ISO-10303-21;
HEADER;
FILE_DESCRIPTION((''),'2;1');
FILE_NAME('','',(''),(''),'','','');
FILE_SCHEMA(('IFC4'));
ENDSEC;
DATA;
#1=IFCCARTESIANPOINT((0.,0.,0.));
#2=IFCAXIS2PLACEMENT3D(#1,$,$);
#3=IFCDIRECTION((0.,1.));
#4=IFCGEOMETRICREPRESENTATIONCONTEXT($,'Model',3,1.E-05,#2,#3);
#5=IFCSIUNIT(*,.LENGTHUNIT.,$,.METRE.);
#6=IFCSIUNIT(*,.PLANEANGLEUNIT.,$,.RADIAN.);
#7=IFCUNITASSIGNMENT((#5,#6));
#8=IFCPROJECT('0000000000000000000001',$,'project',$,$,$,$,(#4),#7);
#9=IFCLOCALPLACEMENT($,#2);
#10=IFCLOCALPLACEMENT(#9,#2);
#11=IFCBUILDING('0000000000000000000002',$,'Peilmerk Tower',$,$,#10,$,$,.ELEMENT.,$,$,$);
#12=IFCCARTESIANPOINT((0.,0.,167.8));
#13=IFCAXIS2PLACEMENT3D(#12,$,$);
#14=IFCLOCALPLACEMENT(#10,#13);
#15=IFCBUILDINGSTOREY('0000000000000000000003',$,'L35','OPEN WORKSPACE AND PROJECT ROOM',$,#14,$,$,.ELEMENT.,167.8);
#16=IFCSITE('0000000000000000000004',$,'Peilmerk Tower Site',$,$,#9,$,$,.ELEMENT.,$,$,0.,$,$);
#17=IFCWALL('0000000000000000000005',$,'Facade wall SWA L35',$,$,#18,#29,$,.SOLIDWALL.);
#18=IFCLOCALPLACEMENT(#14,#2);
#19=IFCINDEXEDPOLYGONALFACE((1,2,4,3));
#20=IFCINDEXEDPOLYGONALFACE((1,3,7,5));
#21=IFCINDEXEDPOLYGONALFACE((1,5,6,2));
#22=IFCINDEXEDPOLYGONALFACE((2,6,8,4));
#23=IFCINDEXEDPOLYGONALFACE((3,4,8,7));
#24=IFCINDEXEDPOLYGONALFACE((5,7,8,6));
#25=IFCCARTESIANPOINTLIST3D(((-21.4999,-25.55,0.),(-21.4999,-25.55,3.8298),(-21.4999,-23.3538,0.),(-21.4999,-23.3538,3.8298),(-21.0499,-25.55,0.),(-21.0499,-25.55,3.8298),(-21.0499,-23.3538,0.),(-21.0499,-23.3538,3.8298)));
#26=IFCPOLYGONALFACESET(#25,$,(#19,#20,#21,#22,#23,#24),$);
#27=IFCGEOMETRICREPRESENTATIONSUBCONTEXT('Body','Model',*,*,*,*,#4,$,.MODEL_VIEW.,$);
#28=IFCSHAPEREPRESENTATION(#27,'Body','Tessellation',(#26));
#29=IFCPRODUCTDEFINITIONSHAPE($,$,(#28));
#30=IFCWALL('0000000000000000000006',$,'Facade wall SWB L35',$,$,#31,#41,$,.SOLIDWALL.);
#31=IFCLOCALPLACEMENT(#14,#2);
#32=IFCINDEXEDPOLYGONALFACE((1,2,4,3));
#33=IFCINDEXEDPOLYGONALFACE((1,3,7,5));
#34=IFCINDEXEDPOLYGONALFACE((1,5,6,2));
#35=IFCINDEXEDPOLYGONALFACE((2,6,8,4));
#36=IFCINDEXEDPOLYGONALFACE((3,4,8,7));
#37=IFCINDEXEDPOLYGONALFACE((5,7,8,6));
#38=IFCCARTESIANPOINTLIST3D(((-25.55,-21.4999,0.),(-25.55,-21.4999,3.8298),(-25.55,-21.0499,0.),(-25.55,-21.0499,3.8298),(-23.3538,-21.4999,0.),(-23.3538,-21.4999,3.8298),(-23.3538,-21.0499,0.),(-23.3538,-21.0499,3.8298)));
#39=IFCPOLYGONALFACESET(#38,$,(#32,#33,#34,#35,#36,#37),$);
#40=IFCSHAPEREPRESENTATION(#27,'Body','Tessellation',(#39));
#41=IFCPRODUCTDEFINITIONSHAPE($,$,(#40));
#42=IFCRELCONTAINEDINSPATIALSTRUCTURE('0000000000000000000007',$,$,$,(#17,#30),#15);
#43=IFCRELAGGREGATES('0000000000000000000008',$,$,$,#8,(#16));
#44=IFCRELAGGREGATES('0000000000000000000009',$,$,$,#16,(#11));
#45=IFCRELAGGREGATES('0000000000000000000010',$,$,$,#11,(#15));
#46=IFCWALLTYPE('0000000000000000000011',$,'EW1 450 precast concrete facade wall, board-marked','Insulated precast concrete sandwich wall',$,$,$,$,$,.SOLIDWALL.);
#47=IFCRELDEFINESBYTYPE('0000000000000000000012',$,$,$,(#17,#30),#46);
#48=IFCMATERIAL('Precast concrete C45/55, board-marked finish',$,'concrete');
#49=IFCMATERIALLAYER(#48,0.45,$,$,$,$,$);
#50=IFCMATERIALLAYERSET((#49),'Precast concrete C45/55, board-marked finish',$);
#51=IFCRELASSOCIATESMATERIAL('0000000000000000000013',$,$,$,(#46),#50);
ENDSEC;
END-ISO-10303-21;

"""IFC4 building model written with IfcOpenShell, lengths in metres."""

from ifc_helpers import new_model, si_unit, direction, frame, frame_2d, origin, place, context, subcontext, project, spatial, rectangle, extrude, material, layer, layer_set, type_object, element, save


model = new_model("IFC4")

# Units and contexts
model_context = context("Model", 3, precision=1e-05, world=origin(), true_north=direction((0.0, 1.0)))
body_context = subcontext(model_context, "Body", "Model", "MODEL_VIEW")
ifc_project = project(units=[si_unit("LENGTHUNIT", "METRE"), si_unit("PLANEANGLEUNIT", "RADIAN")], contexts=[model_context])

# Site, building, storey
site_placement = place(None, origin())
site = spatial("IfcSite", under=ifc_project, at=site_placement, Name="Peilmerk Tower Site", CompositionType="ELEMENT", RefElevation=0.0)
building_placement = place(site_placement, origin())
building = spatial("IfcBuilding", under=site, at=building_placement, Name="Peilmerk Tower", CompositionType="ELEMENT")
storey_placement = place(building_placement, frame((0.0, 0.0, 167.8)))
storey = spatial("IfcBuildingStorey", under=building, at=storey_placement, Name="L35", Description="OPEN WORKSPACE AND PROJECT ROOM", CompositionType="ELEMENT", Elevation=167.8)

# Shared definitions
ifc_material_1 = material(Name="Precast concrete C45/55, board-marked finish", Category="concrete")
ifc_layer_1 = layer(ifc_material_1, 0.45)
ifc_layer_set_1 = layer_set([ifc_layer_1], Name="Precast concrete C45/55, board-marked finish")
wall_type = type_object("IfcWallType", Name="EW1 450 precast concrete facade wall, board-marked", Description="Insulated precast concrete sandwich wall", PredefinedType="SOLIDWALL", material=ifc_layer_set_1)

# Walls
for number, where, z_axis, x_axis, name in (
    (1, (-21.2749, -23.3538, 0.0), (0.0, 0.0, 1.0), (0.0, -1.0, 0.0), "Facade wall SWA L35"),
    (2, (-23.3538, -21.2749, 0.0), (0.0, 0.0, 1.0), (-1.0, 0.0, 0.0), "Facade wall SWB L35"),
):
    element("IfcWall", number, at=place(storey_placement, frame(where, z_axis=z_axis, x_axis=x_axis)), inside=storey, type_object=wall_type, Name=name, PredefinedType="SOLIDWALL", context=body_context, shape_type="SweptSolid", body=[
        extrude(rectangle(XDim=2.1963, YDim=0.45, at=frame_2d((1.0981, 0.0))), origin(), (0.0, 0.0, 1.0), 3.8298),
    ])

save(model, "model.ifc")
